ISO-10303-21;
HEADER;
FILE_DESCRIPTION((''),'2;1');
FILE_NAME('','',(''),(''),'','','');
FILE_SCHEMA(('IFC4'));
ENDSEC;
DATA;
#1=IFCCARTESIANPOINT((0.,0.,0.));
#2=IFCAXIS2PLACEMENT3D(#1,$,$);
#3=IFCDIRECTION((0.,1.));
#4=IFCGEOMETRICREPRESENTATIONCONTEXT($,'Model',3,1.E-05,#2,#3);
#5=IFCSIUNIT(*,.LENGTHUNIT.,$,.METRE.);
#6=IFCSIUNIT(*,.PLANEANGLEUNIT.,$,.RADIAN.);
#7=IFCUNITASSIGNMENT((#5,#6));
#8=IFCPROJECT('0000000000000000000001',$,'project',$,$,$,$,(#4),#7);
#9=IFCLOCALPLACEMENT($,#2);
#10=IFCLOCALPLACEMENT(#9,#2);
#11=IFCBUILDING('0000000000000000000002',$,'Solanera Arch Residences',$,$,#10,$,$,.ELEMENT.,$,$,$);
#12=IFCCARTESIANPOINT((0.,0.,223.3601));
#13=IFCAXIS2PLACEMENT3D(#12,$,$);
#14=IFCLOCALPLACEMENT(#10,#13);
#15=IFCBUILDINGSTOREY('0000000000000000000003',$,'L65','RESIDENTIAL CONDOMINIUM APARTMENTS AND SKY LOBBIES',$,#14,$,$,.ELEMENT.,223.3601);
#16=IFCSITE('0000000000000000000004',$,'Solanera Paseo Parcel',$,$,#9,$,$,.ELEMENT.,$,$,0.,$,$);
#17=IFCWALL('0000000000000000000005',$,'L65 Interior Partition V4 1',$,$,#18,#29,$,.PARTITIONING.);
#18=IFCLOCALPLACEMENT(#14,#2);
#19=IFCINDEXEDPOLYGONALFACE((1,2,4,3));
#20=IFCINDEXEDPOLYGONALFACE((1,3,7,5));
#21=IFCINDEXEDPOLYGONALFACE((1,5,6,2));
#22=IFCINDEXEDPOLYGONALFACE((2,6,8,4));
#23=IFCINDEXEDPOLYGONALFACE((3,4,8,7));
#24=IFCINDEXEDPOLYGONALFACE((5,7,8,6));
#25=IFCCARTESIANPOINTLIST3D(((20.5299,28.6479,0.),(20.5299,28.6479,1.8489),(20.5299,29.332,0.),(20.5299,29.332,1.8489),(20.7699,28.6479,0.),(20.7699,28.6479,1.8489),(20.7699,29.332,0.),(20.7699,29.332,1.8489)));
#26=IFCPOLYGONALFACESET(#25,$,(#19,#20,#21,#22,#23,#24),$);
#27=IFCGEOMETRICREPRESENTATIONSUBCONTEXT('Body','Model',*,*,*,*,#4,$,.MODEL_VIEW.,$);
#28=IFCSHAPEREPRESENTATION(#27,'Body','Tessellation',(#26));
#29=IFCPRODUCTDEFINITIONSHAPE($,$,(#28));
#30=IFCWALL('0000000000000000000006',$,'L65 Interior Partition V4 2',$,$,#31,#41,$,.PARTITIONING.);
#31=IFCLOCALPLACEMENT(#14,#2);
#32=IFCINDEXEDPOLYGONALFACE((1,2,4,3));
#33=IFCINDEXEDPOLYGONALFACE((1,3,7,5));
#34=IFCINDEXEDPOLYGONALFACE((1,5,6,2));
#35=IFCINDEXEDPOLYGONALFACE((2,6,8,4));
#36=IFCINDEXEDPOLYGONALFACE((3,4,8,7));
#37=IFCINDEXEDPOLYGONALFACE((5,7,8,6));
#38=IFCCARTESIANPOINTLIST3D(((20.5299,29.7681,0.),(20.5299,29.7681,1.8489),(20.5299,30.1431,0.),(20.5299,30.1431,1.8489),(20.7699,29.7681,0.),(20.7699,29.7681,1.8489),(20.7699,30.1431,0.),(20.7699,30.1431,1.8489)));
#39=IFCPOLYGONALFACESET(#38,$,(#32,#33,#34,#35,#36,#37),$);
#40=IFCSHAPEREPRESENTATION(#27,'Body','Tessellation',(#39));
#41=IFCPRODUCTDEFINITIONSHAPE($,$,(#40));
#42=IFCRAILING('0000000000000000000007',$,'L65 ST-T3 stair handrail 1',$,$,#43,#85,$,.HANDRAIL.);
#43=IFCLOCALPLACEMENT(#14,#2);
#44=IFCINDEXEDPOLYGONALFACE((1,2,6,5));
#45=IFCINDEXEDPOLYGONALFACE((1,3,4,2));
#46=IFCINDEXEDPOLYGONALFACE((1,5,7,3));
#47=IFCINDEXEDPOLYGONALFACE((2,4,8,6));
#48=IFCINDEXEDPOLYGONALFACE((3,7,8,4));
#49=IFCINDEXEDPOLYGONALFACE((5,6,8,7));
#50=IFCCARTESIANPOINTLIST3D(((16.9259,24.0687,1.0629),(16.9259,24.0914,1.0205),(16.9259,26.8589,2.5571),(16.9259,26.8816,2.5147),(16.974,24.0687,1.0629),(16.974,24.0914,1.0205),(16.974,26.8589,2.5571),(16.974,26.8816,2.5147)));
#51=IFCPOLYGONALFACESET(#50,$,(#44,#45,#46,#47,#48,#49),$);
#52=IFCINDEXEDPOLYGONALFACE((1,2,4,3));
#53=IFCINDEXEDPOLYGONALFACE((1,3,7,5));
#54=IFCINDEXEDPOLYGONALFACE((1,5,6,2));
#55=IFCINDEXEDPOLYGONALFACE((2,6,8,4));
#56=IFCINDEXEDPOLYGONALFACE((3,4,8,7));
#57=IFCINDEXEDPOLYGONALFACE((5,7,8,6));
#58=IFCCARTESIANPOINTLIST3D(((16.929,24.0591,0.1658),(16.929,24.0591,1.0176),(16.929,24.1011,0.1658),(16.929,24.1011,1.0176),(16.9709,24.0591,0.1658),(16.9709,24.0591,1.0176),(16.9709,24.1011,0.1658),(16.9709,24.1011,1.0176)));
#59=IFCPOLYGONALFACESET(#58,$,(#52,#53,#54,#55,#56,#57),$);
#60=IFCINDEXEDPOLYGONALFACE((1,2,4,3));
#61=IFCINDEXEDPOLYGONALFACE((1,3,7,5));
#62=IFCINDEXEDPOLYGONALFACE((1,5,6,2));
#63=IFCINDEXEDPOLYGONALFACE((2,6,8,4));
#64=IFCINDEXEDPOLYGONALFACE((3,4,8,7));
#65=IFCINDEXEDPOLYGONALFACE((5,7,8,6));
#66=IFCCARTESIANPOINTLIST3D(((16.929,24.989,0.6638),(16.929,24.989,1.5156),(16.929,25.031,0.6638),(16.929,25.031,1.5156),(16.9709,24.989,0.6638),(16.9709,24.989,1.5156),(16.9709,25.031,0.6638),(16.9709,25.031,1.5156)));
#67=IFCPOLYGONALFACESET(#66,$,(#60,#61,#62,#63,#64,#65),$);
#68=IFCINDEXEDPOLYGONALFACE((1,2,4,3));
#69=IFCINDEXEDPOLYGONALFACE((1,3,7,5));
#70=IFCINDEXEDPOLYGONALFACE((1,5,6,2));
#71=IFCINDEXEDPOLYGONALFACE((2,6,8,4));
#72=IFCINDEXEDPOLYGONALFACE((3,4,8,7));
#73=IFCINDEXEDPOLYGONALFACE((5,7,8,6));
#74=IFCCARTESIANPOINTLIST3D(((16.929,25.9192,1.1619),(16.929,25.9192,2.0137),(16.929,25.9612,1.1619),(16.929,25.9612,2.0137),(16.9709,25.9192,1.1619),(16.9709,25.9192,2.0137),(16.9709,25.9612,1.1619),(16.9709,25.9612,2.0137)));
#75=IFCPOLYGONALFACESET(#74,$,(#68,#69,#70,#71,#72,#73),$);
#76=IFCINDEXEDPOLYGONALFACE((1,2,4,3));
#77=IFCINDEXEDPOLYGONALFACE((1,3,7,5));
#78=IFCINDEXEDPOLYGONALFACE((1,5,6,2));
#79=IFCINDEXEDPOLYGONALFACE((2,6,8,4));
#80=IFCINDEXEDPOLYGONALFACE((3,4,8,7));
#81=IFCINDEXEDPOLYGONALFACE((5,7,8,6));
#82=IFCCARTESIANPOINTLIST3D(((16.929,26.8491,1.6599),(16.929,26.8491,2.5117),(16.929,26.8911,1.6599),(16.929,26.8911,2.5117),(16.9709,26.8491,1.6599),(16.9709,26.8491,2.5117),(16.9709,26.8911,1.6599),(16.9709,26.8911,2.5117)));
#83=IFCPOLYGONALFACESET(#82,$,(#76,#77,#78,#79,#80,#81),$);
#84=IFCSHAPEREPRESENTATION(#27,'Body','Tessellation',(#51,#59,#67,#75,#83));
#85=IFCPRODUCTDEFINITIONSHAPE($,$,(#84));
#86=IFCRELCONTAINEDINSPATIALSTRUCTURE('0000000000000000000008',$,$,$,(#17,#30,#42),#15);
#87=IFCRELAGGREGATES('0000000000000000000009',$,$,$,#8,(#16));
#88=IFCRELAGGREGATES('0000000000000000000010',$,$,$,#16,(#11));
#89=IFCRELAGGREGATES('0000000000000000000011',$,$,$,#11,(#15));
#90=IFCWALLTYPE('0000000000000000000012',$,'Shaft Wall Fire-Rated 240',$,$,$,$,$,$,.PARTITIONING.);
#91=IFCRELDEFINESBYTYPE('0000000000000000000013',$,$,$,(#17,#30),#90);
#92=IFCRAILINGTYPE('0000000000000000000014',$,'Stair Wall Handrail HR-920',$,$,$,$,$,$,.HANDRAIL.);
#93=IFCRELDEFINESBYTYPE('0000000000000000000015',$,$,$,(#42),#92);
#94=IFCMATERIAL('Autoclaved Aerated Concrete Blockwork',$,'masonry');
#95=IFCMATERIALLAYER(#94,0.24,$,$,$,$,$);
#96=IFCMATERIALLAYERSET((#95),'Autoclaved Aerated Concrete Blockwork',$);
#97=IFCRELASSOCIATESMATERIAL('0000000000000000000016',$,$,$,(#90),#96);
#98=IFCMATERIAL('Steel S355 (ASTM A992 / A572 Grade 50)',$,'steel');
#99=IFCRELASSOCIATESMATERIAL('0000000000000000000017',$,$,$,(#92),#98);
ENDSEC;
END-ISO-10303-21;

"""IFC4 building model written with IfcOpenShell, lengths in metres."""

from ifc_helpers import new_model, si_unit, direction, frame, frame_2d, origin, origin_2d, place, context, subcontext, project, spatial, rectangle, extrude, material, layer, layer_set, type_object, element, save


model = new_model("IFC4")

# Units and contexts
model_context = context("Model", 3, precision=1e-05, world=origin(), true_north=direction((0.0, 1.0)))
body_context = subcontext(model_context, "Body", "Model", "MODEL_VIEW")
ifc_project = project(units=[si_unit("LENGTHUNIT", "METRE"), si_unit("PLANEANGLEUNIT", "RADIAN")], contexts=[model_context])

# Site, building, storey
site_placement = place(None, origin())
site = spatial("IfcSite", under=ifc_project, at=site_placement, Name="Solanera Paseo Parcel", CompositionType="ELEMENT", RefElevation=0.0)
building_placement = place(site_placement, origin())
building = spatial("IfcBuilding", under=site, at=building_placement, Name="Solanera Arch Residences", CompositionType="ELEMENT")
storey_placement = place(building_placement, frame((0.0, 0.0, 223.3601)))
storey = spatial("IfcBuildingStorey", under=building, at=storey_placement, Name="L65", Description="RESIDENTIAL CONDOMINIUM APARTMENTS AND SKY LOBBIES", CompositionType="ELEMENT", Elevation=223.3601)

# Shared definitions
ifc_material_1 = material(Name="Autoclaved Aerated Concrete Blockwork", Category="masonry")
ifc_layer_1 = layer(ifc_material_1, 0.24)
ifc_layer_set_1 = layer_set([ifc_layer_1], Name="Autoclaved Aerated Concrete Blockwork")
wall_type_1 = type_object("IfcWallType", Name="Shaft Wall Fire-Rated 240", PredefinedType="PARTITIONING", material=ifc_layer_set_1)

# Walls
wall_1_placement = place(storey_placement, frame((20.6499, 28.6479, 0.0), z_axis=(0.0, 0.0, 1.0), x_axis=(0.0, 1.0, 0.0)))
element("IfcWall", 1, at=wall_1_placement, inside=storey, type_object=wall_type_1, Name="L65 Interior Partition V4 1", PredefinedType="PARTITIONING", context=body_context, shape_type="SweptSolid", body=[
    extrude(rectangle(XDim=0.6841, YDim=0.24, at=frame_2d((0.342, 0.0))), origin(), (0.0, 0.0, 1.0), 1.8489),
])
wall_2_placement = place(storey_placement, frame((20.6499, 29.7681, 0.0), z_axis=(0.0, 0.0, 1.0), x_axis=(0.0, 1.0, 0.0)))
element("IfcWall", 2, at=wall_2_placement, inside=storey, type_object=wall_type_1, Name="L65 Interior Partition V4 2", PredefinedType="PARTITIONING", context=body_context, shape_type="SweptSolid", body=[
    extrude(rectangle(XDim=0.375, YDim=0.24, at=frame_2d((0.1875, 0.0))), origin(), (0.0, 0.0, 1.0), 1.8489),
])

# Railing
ifc_material_2 = material(Name="Steel S355 (ASTM A992 / A572 Grade 50)", Category="steel")
railing_type = type_object("IfcRailingType", Name="Stair Wall Handrail HR-920", PredefinedType="HANDRAIL", material=ifc_material_2)
railing_placement = place(storey_placement, frame((16.95, 24.0801, 0.1658)))
element("IfcRailing", 3, at=railing_placement, inside=storey, type_object=railing_type, Name="L65 ST-T3 stair handrail 1", PredefinedType="HANDRAIL", context=body_context, shape_type="SweptSolid", body=[
    extrude(rectangle(XDim=0.0481, YDim=0.0481, at=origin_2d()), frame((0.0, 0.0, 0.876), z_axis=(0.0, 0.881549, 0.472093), x_axis=(-1.0, 0.0, 0.0)), (0.0, 0.0, 1.0), 3.165),
    extrude(rectangle(XDim=0.042, YDim=0.042, at=origin_2d()), origin(), (0.0, 0.0, 1.0), 0.8518),
    extrude(rectangle(XDim=0.042, YDim=0.042, at=origin_2d()), frame((0.0, 0.9299, 0.498)), (0.0, 0.0, 1.0), 0.8518),
    extrude(rectangle(XDim=0.042, YDim=0.042, at=origin_2d()), frame((0.0, 1.8601, 0.9961)), (0.0, 0.0, 1.0), 0.8518),
    extrude(rectangle(XDim=0.042, YDim=0.042, at=origin_2d()), frame((0.0, 2.79, 1.4941)), (0.0, 0.0, 1.0), 0.8518),
])

save(model, "model.ifc")
